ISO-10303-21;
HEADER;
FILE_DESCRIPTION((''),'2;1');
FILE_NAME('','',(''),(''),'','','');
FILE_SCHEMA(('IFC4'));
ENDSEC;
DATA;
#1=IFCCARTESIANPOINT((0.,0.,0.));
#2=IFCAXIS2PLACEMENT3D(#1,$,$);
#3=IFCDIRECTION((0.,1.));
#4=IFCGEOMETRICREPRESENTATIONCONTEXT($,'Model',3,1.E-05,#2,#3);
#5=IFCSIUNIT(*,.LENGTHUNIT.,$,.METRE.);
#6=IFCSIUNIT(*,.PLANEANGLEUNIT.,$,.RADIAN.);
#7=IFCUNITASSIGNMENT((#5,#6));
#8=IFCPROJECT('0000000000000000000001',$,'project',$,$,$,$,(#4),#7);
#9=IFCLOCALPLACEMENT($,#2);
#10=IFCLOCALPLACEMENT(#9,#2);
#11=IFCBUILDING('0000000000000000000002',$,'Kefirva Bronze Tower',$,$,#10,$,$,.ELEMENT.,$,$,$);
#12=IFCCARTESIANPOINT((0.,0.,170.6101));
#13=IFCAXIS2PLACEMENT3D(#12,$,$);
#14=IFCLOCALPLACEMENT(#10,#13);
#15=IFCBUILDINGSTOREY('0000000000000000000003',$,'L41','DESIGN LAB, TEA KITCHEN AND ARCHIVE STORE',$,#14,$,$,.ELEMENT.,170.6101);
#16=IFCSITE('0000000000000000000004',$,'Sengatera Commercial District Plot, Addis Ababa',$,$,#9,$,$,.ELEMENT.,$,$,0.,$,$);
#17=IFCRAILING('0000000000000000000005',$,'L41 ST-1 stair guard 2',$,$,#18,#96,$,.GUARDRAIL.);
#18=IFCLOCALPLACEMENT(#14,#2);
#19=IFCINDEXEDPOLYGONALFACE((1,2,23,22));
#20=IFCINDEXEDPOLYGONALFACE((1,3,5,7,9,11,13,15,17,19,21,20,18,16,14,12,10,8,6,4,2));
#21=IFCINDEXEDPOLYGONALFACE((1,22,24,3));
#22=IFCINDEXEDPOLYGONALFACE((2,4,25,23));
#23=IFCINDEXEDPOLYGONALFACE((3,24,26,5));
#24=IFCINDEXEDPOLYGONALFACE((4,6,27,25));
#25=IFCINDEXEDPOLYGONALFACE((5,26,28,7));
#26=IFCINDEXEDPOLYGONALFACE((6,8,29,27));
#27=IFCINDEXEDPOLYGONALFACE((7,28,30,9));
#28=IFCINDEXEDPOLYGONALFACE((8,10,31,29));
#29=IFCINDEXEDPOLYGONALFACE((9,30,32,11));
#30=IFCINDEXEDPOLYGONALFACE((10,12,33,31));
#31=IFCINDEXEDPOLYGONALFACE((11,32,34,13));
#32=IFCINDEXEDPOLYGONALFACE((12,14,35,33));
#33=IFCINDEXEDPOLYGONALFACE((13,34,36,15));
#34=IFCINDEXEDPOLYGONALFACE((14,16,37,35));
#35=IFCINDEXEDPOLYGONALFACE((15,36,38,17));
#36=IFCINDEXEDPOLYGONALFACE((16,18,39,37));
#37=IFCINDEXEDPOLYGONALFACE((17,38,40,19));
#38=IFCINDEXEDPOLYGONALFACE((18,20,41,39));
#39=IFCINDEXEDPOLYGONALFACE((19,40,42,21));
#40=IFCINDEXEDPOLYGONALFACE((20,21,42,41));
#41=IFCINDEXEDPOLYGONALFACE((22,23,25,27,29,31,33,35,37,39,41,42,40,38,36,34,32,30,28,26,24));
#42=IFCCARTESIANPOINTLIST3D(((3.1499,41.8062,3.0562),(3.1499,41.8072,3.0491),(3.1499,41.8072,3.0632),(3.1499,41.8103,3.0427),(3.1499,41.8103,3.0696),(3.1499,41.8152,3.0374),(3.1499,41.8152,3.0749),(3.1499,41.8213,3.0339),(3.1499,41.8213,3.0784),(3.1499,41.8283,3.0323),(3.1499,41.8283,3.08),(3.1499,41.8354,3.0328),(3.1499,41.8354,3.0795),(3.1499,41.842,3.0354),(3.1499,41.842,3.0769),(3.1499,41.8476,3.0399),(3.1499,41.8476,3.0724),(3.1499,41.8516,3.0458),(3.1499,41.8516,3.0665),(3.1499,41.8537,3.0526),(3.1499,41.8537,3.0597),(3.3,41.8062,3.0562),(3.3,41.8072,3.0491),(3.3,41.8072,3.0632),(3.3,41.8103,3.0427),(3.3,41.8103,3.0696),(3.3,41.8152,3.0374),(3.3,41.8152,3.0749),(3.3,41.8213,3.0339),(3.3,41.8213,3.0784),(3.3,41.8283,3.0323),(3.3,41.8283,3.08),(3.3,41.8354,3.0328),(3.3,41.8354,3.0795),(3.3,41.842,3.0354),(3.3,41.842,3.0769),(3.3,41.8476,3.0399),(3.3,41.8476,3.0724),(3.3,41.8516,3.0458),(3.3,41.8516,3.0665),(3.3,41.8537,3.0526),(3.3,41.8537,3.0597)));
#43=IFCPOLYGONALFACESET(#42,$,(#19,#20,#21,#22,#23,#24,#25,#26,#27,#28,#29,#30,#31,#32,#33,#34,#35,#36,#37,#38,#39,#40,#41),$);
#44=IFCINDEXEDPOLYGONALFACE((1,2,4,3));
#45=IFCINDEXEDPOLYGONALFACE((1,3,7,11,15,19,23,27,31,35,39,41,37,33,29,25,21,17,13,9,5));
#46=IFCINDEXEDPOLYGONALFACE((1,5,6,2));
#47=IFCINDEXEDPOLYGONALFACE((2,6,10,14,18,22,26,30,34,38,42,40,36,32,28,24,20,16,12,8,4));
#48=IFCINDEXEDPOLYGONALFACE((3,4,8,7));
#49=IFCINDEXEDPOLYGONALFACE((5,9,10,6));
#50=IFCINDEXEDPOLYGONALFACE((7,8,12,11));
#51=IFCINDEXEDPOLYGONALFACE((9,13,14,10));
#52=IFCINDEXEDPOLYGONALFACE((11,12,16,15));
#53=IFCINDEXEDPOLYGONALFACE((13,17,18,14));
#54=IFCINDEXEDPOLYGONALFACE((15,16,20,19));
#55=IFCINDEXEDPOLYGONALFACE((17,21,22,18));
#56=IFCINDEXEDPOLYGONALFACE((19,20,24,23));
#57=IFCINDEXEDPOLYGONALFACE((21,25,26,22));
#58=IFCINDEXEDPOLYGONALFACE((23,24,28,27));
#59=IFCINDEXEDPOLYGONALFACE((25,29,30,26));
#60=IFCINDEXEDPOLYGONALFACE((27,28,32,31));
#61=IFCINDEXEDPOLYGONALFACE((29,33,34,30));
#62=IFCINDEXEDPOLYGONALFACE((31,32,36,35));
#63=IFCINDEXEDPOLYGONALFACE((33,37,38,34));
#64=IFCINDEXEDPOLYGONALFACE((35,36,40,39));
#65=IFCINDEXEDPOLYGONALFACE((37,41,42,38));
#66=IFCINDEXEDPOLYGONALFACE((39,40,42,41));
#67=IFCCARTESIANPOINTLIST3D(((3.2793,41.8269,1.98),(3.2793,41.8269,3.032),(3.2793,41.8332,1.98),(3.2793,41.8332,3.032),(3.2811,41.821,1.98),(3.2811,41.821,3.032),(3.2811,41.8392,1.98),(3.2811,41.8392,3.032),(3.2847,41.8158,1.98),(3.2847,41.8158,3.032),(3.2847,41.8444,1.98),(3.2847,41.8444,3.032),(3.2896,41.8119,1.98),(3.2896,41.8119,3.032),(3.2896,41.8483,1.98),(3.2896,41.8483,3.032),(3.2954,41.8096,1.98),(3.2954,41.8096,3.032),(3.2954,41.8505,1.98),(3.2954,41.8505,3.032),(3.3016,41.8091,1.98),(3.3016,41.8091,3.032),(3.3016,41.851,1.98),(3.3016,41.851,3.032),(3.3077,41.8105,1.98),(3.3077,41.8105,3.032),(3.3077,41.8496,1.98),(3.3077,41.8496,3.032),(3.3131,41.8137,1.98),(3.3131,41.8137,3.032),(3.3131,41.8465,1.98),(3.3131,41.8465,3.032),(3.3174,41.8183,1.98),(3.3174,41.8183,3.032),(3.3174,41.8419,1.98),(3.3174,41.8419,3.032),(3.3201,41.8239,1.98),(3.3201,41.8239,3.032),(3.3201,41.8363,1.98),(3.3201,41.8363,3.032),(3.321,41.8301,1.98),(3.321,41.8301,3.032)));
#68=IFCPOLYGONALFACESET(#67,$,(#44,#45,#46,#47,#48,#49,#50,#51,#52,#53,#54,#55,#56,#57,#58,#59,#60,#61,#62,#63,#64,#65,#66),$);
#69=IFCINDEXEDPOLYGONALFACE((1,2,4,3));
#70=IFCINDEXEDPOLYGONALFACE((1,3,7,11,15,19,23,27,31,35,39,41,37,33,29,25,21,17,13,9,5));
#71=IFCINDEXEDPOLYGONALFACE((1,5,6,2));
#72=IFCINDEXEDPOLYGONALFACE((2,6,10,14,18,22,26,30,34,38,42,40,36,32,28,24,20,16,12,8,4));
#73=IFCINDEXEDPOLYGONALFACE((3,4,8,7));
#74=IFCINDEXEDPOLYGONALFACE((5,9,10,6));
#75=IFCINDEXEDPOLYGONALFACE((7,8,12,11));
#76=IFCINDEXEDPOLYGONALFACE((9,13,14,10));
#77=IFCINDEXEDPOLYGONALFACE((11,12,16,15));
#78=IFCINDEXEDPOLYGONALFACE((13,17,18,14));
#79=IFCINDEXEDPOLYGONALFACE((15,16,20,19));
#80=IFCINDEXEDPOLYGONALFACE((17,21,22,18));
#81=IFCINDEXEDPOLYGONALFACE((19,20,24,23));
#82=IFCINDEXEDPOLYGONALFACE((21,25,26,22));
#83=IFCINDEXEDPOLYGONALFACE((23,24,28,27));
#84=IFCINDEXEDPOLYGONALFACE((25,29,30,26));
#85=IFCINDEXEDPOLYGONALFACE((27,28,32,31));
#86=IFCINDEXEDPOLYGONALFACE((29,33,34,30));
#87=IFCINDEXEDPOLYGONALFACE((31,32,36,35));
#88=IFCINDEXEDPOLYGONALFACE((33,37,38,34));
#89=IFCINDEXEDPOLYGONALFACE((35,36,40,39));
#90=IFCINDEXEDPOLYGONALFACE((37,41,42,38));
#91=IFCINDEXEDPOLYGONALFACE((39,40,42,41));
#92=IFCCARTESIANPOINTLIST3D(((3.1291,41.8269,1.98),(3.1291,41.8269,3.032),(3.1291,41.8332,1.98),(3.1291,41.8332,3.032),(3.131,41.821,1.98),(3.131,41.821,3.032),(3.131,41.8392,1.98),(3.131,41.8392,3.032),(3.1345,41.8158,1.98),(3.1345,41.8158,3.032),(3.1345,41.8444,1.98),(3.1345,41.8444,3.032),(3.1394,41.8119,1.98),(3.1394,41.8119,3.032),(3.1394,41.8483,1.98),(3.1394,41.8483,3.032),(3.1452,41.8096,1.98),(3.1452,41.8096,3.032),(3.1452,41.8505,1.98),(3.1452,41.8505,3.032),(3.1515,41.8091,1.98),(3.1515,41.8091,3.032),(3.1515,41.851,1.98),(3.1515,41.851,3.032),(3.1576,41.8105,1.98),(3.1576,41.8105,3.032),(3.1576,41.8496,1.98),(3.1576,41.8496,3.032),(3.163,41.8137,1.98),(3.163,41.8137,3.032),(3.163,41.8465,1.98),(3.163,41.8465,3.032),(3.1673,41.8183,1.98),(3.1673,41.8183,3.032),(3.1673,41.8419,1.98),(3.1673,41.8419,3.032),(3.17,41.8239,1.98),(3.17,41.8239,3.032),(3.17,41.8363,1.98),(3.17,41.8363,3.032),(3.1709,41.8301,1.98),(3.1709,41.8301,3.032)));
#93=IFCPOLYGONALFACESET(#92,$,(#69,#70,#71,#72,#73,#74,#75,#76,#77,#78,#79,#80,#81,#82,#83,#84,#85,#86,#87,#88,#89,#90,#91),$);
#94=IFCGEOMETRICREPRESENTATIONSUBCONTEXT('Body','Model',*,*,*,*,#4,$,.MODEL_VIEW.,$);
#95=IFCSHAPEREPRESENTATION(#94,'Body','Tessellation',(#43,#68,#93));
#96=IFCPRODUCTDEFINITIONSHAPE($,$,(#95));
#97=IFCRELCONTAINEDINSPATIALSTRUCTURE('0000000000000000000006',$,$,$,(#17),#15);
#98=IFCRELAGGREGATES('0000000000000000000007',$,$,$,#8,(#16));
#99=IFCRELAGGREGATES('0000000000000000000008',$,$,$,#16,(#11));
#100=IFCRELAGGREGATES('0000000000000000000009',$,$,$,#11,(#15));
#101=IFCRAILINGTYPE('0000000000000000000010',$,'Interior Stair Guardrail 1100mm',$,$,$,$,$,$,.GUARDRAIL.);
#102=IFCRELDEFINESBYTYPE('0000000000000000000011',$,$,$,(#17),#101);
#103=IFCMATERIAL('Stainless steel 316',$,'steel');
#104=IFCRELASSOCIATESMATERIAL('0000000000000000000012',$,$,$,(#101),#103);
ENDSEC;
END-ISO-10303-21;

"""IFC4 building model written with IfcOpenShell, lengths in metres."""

from ifc_helpers import new_model, si_unit, direction, frame, origin, origin_2d, place, context, subcontext, project, spatial, circle, extrude, material, type_object, element, save


model = new_model("IFC4")

# Units and contexts
model_context = context("Model", 3, precision=1e-05, world=origin(), true_north=direction((0.0, 1.0)))
body_context = subcontext(model_context, "Body", "Model", "MODEL_VIEW")
ifc_project = project(units=[si_unit("LENGTHUNIT", "METRE"), si_unit("PLANEANGLEUNIT", "RADIAN")], contexts=[model_context])

# Site, building, storey
site_placement = place(None, origin())
site = spatial("IfcSite", under=ifc_project, at=site_placement, Name="Sengatera Commercial District Plot, Addis Ababa", CompositionType="ELEMENT", RefElevation=0.0)
building_placement = place(site_placement, origin())
building = spatial("IfcBuilding", under=site, at=building_placement, Name="Kefirva Bronze Tower", CompositionType="ELEMENT")
storey_placement = place(building_placement, frame((0.0, 0.0, 170.6101)))
storey = spatial("IfcBuildingStorey", under=building, at=storey_placement, Name="L41", Description="DESIGN LAB, TEA KITCHEN AND ARCHIVE STORE", CompositionType="ELEMENT", Elevation=170.6101)

# Railing
ifc_material_1 = material(Name="Stainless steel 316", Category="steel")
railing_type_1 = type_object("IfcRailingType", Name="Interior Stair Guardrail 1100mm", PredefinedType="GUARDRAIL", material=ifc_material_1)
railing_1_placement = place(storey_placement, frame((3.3, 41.8301, 1.98)))
element("IfcRailing", 1, at=railing_1_placement, inside=storey, type_object=railing_type_1, Name="L41 ST-1 stair guard 2", PredefinedType="GUARDRAIL", context=body_context, shape_type="SweptSolid", body=[
    extrude(circle(Radius=0.0239, at=origin_2d()), frame((0.0, 0.0, 1.0762), z_axis=(-1.0, 0.0, 0.0), x_axis=(0.0, -1.0, 0.0)), (0.0, 0.0, 1.0), 0.1501),
    extrude(circle(Radius=0.021, at=origin_2d()), origin(), (0.0, 0.0, 1.0), 1.052),
    extrude(circle(Radius=0.021, at=origin_2d()), frame((-0.1501, 0.0, 0.0)), (0.0, 0.0, 1.0), 1.052),
])

save(model, "model.ifc")
